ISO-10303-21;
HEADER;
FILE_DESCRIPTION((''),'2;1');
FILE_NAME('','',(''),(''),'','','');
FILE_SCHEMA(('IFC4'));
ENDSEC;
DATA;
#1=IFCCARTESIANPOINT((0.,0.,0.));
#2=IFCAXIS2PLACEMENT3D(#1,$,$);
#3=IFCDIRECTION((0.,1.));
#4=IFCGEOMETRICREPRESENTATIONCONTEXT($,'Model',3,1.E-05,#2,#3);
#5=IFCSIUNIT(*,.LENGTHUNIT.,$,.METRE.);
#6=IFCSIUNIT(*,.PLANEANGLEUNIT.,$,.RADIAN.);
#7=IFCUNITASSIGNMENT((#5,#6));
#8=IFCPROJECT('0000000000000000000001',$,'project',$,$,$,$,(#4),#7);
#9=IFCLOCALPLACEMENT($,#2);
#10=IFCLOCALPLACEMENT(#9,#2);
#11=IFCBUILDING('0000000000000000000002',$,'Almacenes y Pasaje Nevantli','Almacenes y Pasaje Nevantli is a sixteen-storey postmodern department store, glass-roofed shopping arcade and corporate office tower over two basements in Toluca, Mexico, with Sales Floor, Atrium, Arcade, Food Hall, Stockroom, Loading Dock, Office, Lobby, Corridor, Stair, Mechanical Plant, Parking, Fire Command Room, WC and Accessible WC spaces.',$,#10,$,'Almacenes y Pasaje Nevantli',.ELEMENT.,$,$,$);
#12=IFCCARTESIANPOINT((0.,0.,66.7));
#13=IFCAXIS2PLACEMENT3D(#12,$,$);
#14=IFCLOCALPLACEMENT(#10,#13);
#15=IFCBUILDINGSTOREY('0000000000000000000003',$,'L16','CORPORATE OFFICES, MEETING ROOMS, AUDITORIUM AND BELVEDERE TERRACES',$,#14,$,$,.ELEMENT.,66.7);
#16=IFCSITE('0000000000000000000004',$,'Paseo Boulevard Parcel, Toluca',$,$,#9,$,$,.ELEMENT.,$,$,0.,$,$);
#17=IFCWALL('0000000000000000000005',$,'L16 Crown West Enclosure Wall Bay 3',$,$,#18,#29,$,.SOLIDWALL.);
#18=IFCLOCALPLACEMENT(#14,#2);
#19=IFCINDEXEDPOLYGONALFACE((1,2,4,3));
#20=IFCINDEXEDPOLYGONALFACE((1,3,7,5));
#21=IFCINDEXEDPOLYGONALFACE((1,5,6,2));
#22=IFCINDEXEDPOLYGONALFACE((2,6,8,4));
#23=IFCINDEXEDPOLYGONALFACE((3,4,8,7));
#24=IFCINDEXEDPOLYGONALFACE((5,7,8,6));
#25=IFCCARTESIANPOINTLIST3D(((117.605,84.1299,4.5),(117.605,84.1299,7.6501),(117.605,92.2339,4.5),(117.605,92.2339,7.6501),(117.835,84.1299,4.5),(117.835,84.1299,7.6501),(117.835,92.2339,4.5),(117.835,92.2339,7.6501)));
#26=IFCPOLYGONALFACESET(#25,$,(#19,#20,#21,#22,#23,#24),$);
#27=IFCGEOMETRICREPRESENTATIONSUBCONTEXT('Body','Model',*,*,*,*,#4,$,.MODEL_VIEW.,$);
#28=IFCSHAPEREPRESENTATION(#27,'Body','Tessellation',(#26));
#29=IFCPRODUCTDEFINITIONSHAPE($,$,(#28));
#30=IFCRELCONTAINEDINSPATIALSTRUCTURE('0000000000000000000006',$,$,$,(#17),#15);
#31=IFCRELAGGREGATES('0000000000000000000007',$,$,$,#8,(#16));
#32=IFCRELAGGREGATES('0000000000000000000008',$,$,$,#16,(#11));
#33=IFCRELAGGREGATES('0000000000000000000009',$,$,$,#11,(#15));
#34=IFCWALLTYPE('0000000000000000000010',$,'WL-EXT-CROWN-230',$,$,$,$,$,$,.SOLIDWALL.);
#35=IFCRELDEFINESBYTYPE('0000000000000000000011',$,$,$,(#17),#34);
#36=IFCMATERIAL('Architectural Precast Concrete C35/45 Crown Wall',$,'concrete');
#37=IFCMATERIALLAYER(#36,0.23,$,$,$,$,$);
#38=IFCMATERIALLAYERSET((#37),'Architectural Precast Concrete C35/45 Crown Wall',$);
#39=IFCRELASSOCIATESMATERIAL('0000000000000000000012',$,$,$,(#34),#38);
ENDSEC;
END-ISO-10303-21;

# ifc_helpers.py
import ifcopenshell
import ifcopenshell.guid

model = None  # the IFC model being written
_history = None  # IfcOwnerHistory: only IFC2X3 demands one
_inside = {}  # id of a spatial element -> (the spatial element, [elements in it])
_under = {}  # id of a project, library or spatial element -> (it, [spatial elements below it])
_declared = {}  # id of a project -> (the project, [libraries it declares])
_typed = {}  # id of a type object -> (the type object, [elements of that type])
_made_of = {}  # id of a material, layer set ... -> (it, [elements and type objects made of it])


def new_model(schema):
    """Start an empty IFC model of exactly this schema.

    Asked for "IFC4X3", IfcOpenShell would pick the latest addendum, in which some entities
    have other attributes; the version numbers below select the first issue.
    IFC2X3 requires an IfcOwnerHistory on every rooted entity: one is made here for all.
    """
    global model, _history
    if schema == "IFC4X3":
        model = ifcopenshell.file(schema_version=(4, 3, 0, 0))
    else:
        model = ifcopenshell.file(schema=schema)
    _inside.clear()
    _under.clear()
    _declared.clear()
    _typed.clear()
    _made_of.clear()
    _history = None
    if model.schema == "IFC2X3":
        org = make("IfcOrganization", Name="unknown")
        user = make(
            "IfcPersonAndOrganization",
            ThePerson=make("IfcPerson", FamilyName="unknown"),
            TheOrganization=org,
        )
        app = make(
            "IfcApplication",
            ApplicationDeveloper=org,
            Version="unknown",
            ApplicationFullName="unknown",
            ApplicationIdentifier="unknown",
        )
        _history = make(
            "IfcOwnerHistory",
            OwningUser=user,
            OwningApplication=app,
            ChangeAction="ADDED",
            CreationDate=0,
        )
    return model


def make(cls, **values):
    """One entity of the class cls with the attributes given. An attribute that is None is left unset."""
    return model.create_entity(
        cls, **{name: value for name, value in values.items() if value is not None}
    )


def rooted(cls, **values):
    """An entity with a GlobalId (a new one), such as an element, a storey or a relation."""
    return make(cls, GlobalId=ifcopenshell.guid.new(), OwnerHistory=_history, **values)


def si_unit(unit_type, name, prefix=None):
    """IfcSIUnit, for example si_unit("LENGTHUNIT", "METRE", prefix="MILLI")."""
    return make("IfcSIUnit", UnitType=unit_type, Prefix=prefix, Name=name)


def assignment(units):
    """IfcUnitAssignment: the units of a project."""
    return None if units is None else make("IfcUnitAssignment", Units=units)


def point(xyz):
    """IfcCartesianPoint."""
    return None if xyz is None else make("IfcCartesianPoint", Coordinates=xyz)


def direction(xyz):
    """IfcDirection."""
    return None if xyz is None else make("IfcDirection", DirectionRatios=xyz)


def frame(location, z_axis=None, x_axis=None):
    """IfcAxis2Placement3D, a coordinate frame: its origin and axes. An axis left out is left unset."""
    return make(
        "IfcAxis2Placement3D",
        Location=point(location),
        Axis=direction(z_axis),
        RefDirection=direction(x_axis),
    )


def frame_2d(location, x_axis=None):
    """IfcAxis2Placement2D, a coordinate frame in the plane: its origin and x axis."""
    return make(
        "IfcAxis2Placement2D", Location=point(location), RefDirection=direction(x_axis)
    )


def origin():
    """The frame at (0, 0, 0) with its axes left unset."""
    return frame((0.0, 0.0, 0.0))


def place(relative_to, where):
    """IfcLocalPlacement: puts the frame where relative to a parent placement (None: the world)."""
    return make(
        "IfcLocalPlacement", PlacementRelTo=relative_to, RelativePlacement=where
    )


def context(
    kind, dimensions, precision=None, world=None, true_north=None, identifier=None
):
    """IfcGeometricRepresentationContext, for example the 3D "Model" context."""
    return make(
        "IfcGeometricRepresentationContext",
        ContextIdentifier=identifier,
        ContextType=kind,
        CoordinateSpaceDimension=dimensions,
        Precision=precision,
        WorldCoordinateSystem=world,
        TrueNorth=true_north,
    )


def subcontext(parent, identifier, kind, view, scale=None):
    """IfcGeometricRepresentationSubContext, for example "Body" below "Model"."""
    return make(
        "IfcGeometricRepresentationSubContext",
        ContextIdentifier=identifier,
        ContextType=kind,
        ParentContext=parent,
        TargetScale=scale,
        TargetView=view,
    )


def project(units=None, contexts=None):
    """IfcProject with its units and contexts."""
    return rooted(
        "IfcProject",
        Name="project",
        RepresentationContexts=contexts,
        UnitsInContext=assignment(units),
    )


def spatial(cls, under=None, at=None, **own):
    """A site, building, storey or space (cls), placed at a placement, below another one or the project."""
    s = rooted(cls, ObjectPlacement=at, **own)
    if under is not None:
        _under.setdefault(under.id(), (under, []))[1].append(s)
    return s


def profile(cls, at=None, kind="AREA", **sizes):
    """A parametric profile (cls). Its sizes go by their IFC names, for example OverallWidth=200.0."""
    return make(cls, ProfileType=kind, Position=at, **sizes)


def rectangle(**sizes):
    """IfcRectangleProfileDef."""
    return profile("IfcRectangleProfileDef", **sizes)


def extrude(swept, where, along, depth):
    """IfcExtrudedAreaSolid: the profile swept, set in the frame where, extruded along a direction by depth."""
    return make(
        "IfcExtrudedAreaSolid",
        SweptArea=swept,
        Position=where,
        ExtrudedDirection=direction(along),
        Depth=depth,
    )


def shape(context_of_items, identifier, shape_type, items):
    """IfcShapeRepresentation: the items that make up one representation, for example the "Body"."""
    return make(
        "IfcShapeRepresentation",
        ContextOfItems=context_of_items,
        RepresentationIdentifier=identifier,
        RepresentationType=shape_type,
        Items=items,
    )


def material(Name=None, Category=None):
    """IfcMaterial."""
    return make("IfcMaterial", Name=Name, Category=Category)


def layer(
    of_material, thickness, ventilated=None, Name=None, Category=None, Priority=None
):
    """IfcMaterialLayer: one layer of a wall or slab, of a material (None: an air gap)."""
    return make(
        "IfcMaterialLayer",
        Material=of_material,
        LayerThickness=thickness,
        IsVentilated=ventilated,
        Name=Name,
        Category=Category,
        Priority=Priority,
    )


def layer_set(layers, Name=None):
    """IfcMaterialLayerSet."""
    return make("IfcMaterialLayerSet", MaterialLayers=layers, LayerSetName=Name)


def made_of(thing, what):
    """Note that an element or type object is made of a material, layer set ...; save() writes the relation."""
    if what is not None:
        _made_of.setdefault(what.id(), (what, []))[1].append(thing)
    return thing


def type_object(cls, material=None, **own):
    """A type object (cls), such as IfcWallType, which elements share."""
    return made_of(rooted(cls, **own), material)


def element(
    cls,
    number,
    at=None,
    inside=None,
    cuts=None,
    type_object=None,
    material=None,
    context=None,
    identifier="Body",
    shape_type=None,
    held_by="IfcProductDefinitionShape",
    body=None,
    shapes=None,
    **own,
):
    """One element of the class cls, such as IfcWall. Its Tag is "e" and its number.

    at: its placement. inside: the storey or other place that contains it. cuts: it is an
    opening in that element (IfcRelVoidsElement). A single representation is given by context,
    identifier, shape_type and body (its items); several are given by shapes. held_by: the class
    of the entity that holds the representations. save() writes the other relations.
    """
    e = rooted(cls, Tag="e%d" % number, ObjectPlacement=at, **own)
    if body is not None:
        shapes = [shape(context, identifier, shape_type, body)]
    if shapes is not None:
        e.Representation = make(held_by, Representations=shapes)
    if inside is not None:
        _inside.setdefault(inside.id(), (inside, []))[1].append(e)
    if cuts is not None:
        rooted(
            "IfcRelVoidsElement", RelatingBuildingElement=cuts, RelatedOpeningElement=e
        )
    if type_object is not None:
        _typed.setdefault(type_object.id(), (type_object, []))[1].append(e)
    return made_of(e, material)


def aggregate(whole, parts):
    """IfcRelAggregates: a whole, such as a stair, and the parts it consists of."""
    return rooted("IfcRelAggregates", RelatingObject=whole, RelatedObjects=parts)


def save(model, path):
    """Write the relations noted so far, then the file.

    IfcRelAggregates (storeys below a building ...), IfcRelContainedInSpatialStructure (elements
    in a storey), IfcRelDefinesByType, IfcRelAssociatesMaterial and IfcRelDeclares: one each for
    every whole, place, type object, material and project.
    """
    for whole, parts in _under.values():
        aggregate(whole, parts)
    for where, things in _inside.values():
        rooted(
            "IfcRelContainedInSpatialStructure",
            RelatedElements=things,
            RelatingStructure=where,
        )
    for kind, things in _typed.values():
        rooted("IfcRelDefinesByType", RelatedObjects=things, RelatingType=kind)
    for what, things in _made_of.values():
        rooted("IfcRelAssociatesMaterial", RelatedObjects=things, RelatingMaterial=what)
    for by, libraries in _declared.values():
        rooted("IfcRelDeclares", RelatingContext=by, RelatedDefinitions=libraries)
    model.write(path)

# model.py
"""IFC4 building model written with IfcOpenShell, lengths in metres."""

from ifc_helpers import new_model, si_unit, direction, frame, frame_2d, origin, place, context, subcontext, project, spatial, rectangle, extrude, material, layer, layer_set, type_object, element, save


model = new_model("IFC4")

# Units and contexts
model_context = context("Model", 3, precision=1e-05, world=origin(), true_north=direction((0.0, 1.0)))
body_context = subcontext(model_context, "Body", "Model", "MODEL_VIEW")
ifc_project = project(units=[si_unit("LENGTHUNIT", "METRE"), si_unit("PLANEANGLEUNIT", "RADIAN")], contexts=[model_context])

# Site, building, storey
site_placement = place(None, origin())
site = spatial("IfcSite", under=ifc_project, at=site_placement, Name="Paseo Boulevard Parcel, Toluca", CompositionType="ELEMENT", RefElevation=0.0)
building_placement = place(site_placement, origin())
building = spatial("IfcBuilding", under=site, at=building_placement, Name="Almacenes y Pasaje Nevantli", Description="Almacenes y Pasaje Nevantli is a sixteen-storey postmodern department store, glass-roofed shopping arcade and corporate office tower over two basements in Toluca, Mexico, with Sales Floor, Atrium, Arcade, Food Hall, Stockroom, Loading Dock, Office, Lobby, Corridor, Stair, Mechanical Plant, Parking, Fire Command Room, WC and Accessible WC spaces.", LongName="Almacenes y Pasaje Nevantli", CompositionType="ELEMENT")
storey_placement = place(building_placement, frame((0.0, 0.0, 66.7)))
storey = spatial("IfcBuildingStorey", under=building, at=storey_placement, Name="L16", Description="CORPORATE OFFICES, MEETING ROOMS, AUDITORIUM AND BELVEDERE TERRACES", CompositionType="ELEMENT", Elevation=66.7)

# Shared definitions
ifc_material_1 = material(Name="Architectural Precast Concrete C35/45 Crown Wall", Category="concrete")
ifc_layer_1 = layer(ifc_material_1, 0.23)
ifc_layer_set_1 = layer_set([ifc_layer_1], Name="Architectural Precast Concrete C35/45 Crown Wall")
wall_type_1 = type_object("IfcWallType", Name="WL-EXT-CROWN-230", PredefinedType="SOLIDWALL", material=ifc_layer_set_1)

# Wall
wall_1_placement = place(storey_placement, frame((117.72, 84.1299, 4.5), z_axis=(0.0, 0.0, 1.0), x_axis=(0.0, 1.0, 0.0)))
element("IfcWall", 1, at=wall_1_placement, inside=storey, type_object=wall_type_1, Name="L16 Crown West Enclosure Wall Bay 3", PredefinedType="SOLIDWALL", context=body_context, shape_type="SweptSolid", body=[
    extrude(rectangle(XDim=8.104, YDim=0.23, at=frame_2d((4.052, 0.0))), origin(), (0.0, 0.0, 1.0), 3.1501),
])

save(model, "model.ifc")
